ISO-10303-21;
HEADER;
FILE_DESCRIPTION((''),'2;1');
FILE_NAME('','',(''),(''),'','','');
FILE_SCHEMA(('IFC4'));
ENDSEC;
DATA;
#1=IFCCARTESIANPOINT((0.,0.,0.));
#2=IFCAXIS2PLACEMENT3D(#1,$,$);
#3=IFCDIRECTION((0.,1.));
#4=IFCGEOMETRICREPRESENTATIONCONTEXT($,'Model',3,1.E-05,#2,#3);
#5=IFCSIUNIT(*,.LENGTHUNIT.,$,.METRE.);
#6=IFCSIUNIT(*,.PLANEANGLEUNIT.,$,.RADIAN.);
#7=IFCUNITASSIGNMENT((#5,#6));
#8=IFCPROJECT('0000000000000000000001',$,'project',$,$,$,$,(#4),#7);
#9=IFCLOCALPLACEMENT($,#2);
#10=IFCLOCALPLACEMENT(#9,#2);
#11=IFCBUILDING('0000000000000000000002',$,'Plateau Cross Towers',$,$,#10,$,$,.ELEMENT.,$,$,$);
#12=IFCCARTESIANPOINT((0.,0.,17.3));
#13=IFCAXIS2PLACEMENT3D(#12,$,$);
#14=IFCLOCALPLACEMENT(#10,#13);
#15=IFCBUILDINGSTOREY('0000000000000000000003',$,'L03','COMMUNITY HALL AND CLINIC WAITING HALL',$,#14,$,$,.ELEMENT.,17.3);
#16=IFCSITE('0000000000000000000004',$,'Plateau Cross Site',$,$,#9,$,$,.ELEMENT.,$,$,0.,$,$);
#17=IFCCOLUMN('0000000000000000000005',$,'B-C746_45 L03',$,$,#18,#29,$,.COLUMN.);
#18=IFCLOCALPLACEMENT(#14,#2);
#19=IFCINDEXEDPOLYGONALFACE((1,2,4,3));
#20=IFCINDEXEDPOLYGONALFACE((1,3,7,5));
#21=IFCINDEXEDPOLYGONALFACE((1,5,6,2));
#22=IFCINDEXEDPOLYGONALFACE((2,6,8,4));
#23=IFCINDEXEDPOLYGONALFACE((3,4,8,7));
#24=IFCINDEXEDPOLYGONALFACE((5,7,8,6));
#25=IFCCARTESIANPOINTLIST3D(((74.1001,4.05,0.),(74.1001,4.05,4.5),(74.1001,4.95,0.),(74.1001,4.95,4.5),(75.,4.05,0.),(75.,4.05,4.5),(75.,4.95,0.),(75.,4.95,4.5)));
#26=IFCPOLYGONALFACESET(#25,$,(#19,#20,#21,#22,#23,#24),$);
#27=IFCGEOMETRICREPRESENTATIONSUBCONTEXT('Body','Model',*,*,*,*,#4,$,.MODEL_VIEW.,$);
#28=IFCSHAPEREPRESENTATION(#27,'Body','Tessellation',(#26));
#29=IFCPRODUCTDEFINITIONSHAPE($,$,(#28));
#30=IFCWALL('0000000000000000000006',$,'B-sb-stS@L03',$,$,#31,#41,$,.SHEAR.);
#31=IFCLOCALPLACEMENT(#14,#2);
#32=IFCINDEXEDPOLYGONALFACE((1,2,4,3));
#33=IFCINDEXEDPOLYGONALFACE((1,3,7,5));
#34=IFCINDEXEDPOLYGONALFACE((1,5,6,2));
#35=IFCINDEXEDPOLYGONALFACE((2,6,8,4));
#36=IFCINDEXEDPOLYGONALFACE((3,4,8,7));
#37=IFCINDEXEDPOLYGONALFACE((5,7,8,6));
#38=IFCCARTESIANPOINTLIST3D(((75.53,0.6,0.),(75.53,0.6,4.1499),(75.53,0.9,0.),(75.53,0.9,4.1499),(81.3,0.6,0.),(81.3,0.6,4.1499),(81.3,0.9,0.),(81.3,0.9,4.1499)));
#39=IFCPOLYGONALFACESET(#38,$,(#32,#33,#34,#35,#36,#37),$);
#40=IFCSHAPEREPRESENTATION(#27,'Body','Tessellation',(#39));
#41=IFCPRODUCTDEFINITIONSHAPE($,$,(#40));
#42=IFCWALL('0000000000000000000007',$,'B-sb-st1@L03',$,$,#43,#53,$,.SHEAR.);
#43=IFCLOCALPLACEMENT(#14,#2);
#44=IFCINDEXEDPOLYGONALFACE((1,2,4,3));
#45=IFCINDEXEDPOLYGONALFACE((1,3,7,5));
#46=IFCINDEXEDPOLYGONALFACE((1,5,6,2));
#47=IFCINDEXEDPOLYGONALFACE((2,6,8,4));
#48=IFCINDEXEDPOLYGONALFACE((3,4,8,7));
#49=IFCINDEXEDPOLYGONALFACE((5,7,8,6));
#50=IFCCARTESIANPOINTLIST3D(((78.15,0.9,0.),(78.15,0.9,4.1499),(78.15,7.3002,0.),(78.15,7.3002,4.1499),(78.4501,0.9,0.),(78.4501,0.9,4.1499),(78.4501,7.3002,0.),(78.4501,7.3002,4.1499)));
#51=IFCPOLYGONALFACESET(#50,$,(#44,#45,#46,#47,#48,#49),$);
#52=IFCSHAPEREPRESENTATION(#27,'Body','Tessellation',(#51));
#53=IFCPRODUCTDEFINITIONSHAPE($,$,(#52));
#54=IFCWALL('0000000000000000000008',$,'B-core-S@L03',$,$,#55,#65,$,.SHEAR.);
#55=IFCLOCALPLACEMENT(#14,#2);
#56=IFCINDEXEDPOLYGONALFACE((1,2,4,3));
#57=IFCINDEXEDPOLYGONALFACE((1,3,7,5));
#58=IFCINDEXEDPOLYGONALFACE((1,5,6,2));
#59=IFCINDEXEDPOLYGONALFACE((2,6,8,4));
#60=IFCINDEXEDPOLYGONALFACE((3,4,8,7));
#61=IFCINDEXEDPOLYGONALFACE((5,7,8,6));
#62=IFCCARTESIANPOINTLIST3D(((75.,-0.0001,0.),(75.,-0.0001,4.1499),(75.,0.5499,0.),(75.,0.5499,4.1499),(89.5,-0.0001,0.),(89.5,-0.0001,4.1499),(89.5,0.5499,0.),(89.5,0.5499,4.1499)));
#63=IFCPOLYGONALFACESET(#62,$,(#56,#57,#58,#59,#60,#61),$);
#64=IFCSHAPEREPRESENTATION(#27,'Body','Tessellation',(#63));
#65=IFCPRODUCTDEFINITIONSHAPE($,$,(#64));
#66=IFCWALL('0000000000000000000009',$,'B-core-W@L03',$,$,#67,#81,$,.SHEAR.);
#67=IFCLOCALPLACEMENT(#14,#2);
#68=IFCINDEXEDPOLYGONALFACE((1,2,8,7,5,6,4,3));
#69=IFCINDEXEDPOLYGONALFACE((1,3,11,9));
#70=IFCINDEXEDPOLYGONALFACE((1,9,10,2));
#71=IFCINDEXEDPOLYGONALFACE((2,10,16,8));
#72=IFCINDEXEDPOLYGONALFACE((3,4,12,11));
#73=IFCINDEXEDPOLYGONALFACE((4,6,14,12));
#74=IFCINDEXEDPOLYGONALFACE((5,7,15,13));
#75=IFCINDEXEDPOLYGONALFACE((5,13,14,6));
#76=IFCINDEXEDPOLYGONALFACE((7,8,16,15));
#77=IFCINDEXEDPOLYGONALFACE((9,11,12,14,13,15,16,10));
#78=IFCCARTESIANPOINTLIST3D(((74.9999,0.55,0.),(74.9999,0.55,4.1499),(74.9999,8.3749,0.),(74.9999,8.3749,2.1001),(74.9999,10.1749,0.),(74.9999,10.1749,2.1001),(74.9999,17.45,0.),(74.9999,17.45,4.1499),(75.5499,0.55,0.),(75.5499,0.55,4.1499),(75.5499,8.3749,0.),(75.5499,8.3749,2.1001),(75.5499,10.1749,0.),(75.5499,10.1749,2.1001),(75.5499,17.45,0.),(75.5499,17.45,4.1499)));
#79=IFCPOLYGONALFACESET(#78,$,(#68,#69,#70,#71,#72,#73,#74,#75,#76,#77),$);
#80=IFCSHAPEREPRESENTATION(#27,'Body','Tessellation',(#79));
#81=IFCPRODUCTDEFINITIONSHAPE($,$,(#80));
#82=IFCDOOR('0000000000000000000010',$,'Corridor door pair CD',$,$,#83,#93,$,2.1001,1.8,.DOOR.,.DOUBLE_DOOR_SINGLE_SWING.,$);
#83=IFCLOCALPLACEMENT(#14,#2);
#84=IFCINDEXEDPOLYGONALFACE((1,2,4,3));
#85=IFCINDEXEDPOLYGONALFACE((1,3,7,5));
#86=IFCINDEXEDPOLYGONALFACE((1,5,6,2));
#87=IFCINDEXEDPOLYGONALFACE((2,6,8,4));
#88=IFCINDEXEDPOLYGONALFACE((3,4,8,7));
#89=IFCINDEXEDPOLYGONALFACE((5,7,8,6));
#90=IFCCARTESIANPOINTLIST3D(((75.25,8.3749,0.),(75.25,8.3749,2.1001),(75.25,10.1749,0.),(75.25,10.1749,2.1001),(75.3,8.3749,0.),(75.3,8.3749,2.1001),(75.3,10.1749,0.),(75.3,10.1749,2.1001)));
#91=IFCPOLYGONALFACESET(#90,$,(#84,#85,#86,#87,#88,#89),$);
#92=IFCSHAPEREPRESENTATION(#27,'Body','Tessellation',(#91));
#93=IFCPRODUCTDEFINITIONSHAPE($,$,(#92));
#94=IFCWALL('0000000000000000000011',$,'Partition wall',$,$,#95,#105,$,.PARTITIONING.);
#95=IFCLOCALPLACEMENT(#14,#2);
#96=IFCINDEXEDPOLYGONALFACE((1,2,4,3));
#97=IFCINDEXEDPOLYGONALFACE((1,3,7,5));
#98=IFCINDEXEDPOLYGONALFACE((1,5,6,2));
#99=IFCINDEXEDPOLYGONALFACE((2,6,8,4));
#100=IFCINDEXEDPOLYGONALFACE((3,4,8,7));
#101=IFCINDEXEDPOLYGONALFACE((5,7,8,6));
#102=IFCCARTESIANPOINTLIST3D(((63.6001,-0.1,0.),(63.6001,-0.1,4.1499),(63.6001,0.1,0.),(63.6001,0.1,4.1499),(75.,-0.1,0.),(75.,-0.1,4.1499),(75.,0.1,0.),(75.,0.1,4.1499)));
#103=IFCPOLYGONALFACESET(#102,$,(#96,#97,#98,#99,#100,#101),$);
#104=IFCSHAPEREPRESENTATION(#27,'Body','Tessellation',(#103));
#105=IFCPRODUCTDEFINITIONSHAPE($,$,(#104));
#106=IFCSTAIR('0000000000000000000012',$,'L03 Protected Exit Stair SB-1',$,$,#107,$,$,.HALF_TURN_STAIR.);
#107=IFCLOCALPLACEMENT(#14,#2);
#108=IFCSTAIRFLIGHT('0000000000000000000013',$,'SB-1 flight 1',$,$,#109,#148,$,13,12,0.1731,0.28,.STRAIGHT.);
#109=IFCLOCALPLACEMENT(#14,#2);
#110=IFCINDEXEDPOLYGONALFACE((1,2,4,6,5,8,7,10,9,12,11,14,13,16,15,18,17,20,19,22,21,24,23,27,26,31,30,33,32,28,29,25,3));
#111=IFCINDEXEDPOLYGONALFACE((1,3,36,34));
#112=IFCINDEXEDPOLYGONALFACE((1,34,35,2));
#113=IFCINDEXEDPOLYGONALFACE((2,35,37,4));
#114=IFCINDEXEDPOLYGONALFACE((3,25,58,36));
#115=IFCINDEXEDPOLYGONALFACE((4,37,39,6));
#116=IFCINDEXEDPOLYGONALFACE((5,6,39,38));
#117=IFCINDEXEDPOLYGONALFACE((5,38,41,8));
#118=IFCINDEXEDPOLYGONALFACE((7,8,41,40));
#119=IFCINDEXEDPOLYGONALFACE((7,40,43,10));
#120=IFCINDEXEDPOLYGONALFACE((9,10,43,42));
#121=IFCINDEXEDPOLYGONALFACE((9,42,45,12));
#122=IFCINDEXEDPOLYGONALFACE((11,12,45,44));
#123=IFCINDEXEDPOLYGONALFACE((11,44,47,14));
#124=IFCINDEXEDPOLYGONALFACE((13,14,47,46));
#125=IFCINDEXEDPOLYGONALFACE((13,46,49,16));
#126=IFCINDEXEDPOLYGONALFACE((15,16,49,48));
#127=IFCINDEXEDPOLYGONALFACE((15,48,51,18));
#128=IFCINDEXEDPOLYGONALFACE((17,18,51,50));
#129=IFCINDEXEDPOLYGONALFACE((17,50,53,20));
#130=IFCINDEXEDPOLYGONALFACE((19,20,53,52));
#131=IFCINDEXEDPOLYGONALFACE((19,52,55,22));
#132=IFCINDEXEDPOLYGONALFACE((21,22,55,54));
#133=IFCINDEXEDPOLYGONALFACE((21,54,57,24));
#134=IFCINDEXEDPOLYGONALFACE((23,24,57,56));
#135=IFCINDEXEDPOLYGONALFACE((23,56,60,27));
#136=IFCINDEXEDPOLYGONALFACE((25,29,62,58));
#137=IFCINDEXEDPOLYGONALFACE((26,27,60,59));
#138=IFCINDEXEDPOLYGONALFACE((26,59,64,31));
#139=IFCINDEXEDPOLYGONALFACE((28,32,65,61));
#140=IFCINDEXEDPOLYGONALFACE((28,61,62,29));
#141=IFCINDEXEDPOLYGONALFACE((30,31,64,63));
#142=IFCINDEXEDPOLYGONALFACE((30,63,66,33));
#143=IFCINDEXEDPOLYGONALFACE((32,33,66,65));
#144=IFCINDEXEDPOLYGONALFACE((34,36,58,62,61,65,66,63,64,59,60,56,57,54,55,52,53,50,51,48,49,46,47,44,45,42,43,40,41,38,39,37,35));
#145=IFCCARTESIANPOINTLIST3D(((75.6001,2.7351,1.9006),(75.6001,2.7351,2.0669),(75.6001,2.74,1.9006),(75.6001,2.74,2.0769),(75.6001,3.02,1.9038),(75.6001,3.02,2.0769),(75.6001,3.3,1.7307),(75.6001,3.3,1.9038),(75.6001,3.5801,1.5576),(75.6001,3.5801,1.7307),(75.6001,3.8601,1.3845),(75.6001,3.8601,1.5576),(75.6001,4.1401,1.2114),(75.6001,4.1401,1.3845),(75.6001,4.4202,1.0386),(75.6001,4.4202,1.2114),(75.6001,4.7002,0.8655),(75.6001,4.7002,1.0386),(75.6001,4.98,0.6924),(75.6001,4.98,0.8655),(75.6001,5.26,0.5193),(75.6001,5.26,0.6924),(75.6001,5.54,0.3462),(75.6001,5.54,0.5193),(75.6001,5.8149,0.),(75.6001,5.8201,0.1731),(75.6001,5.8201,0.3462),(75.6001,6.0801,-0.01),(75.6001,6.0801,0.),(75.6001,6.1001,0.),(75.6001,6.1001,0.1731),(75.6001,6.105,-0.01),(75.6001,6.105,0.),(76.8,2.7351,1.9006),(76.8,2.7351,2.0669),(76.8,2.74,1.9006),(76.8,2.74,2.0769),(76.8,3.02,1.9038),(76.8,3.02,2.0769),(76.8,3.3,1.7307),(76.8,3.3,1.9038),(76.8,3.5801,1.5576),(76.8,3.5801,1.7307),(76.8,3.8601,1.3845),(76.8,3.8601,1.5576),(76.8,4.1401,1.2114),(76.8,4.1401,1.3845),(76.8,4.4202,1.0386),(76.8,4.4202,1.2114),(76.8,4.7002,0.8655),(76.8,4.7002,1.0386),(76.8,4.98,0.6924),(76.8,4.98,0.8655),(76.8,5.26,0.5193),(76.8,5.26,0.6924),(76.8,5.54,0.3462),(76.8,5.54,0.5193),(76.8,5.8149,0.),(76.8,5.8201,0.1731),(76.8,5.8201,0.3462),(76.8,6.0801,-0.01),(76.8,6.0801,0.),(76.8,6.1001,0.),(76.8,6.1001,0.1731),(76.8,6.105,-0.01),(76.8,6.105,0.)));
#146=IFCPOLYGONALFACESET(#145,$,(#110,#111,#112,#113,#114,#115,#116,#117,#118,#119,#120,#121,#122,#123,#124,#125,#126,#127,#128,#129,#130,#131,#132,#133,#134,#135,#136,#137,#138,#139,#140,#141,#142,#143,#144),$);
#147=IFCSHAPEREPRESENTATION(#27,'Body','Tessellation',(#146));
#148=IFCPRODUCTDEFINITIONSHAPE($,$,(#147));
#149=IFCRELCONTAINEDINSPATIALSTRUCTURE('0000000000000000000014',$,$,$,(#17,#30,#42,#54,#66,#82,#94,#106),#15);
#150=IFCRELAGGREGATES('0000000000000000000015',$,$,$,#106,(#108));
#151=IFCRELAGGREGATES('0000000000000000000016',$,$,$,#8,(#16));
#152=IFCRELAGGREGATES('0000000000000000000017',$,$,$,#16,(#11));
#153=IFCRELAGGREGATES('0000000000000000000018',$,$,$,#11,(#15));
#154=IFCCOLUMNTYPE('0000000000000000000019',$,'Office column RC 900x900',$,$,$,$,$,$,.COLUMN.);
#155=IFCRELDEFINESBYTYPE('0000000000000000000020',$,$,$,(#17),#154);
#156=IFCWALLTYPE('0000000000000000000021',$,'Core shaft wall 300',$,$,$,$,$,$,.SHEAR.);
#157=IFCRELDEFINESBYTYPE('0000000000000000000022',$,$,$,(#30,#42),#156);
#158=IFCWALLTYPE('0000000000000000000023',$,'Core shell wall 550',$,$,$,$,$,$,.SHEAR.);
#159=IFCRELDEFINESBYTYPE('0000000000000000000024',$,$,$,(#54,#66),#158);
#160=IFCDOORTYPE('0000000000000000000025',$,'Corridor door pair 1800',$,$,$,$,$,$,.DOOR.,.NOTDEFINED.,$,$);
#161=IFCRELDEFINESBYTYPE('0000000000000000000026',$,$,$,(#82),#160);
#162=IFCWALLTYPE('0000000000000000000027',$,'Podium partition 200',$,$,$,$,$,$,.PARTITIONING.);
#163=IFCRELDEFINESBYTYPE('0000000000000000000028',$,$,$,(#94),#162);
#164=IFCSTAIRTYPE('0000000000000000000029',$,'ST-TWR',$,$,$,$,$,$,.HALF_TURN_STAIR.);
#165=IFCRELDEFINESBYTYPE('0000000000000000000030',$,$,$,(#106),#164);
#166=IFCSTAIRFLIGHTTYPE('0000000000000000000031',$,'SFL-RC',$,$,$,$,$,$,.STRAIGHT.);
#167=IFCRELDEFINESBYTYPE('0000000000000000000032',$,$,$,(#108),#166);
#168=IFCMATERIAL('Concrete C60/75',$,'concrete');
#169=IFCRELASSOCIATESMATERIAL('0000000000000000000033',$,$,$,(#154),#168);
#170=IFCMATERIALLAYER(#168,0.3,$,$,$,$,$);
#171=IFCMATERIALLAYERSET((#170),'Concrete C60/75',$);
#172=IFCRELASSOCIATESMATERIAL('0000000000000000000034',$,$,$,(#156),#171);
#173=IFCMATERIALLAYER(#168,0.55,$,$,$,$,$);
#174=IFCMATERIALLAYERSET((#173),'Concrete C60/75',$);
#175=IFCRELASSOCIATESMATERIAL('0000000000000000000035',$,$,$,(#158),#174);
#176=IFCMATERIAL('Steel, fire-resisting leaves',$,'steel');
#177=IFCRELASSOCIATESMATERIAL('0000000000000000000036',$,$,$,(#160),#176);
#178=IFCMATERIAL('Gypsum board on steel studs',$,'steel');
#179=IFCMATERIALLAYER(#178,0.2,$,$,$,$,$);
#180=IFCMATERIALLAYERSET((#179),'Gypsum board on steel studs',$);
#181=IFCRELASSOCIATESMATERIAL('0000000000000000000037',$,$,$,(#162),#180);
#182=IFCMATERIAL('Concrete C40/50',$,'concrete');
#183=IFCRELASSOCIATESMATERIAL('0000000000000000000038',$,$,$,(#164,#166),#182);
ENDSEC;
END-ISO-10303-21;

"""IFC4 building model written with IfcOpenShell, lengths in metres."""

from ifc_helpers import new_model, si_unit, direction, frame, frame_2d, origin, origin_2d, place, context, subcontext, project, spatial, polyline, rectangle, outline, extrude, material, layer, layer_set, material_profile, profile_set, type_object, element, fill, aggregate, save


model = new_model("IFC4")

# Units and contexts
model_context = context("Model", 3, precision=1e-05, world=origin(), true_north=direction((0.0, 1.0)))
body_context = subcontext(model_context, "Body", "Model", "MODEL_VIEW")
ifc_project = project(units=[si_unit("LENGTHUNIT", "METRE"), si_unit("PLANEANGLEUNIT", "RADIAN")], contexts=[model_context])

# Site, building, storey
site_placement = place(None, origin())
site = spatial("IfcSite", under=ifc_project, at=site_placement, Name="Plateau Cross Site", CompositionType="ELEMENT", RefElevation=0.0)
building_placement = place(site_placement, origin())
building = spatial("IfcBuilding", under=site, at=building_placement, Name="Plateau Cross Towers", CompositionType="ELEMENT")
storey_placement = place(building_placement, frame((0.0, 0.0, 17.3)))
storey = spatial("IfcBuildingStorey", under=building, at=storey_placement, Name="L03", Description="COMMUNITY HALL AND CLINIC WAITING HALL", CompositionType="ELEMENT", Elevation=17.3)

# Column
ifc_material_1 = material(Name="Concrete C60/75", Category="concrete")
ifc_material_profile = material_profile(ifc_material_1, rectangle(XDim=0.8999, YDim=0.8999, at=origin_2d()), Name="RC 900x900")
ifc_profile_set = profile_set([ifc_material_profile], Name="Concrete C60/75")
column_type = type_object("IfcColumnType", Name="Office column RC 900x900", PredefinedType="COLUMN", material=ifc_profile_set)
column_placement = place(storey_placement, frame((74.55, 4.5, 0.0), z_axis=(0.0, 0.0, 1.0), x_axis=(1.0, 0.0, 0.0)))
element("IfcColumn", 1, at=column_placement, inside=storey, type_object=column_type, Name="B-C746_45 L03", PredefinedType="COLUMN", context=body_context, shape_type="SweptSolid", body=[
    extrude(rectangle(XDim=0.8999, YDim=0.8999, at=origin_2d()), origin(), (0.0, 0.0, 1.0), 4.5),
])

# Walls
ifc_layer_1 = layer(ifc_material_1, 0.3)
ifc_layer_set_1 = layer_set([ifc_layer_1], Name="Concrete C60/75")
wall_type_1 = type_object("IfcWallType", Name="Core shaft wall 300", PredefinedType="SHEAR", material=ifc_layer_set_1)
wall_1_placement = place(storey_placement, frame((75.53, 0.75, 0.0), z_axis=(0.0, 0.0, 1.0), x_axis=(1.0, 0.0, 0.0)))
element("IfcWall", 2, at=wall_1_placement, inside=storey, type_object=wall_type_1, Name="B-sb-stS@L03", PredefinedType="SHEAR", context=body_context, shape_type="SweptSolid", body=[
    extrude(rectangle(XDim=5.77, YDim=0.3, at=frame_2d((2.885, 0.0))), origin(), (0.0, 0.0, 1.0), 4.1499),
])
wall_2_placement = place(storey_placement, frame((78.3, 0.8999, 0.0), z_axis=(0.0, 0.0, 1.0), x_axis=(0.0, 1.0, 0.0)))
element("IfcWall", 3, at=wall_2_placement, inside=storey, type_object=wall_type_1, Name="B-sb-st1@L03", PredefinedType="SHEAR", context=body_context, shape_type="SweptSolid", body=[
    extrude(rectangle(XDim=6.4001, YDim=0.3, at=frame_2d((3.2002, 0.0))), origin(), (0.0, 0.0, 1.0), 4.1499),
])
ifc_layer_2 = layer(ifc_material_1, 0.55)
ifc_layer_set_2 = layer_set([ifc_layer_2], Name="Concrete C60/75")
wall_type_2 = type_object("IfcWallType", Name="Core shell wall 550", PredefinedType="SHEAR", material=ifc_layer_set_2)
wall_3_placement = place(storey_placement, frame((75.0, 0.2749, 0.0), z_axis=(0.0, 0.0, 1.0), x_axis=(1.0, 0.0, 0.0)))
element("IfcWall", 4, at=wall_3_placement, inside=storey, type_object=wall_type_2, Name="B-core-S@L03", PredefinedType="SHEAR", context=body_context, shape_type="SweptSolid", body=[
    extrude(rectangle(XDim=14.5, YDim=0.55, at=frame_2d((7.25, 0.0))), origin(), (0.0, 0.0, 1.0), 4.1499),
])

# Wall, opening, door
wall_4_placement = place(storey_placement, frame((75.2749, 0.55, 0.0), z_axis=(0.0, 0.0, 1.0), x_axis=(0.0, 1.0, 0.0)))
wall_4 = element("IfcWall", 5, at=wall_4_placement, inside=storey, type_object=wall_type_2, Name="B-core-W@L03", PredefinedType="SHEAR", context=body_context, shape_type="SweptSolid", body=[
    extrude(rectangle(XDim=16.8999, YDim=0.55, at=frame_2d((8.45, 0.0))), origin(), (0.0, 0.0, 1.0), 4.1499),
])
opening_placement = place(wall_4_placement, frame((7.825, 0.0, 0.0)))
opening = element("IfcOpeningElement", 6, at=opening_placement, cuts=wall_4, PredefinedType="OPENING", context=body_context, shape_type="SweptSolid", body=[
    extrude(rectangle(XDim=1.8, YDim=2.1001, at=frame_2d((0.8999, 1.05))), frame((0.0, 0.2849, 0.0), z_axis=(0.0, -1.0, 0.0), x_axis=(1.0, 0.0, 0.0)), (0.0, 0.0, 1.0), 0.5701),
])
ifc_material_2 = material(Name="Steel, fire-resisting leaves", Category="steel")
door_type = type_object("IfcDoorType", Name="Corridor door pair 1800", OperationType="NOTDEFINED", PredefinedType="DOOR", material=ifc_material_2)
door_placement = place(opening_placement, origin())
door = element("IfcDoor", 7, at=door_placement, inside=storey, type_object=door_type, Name="Corridor door pair CD", OperationType="DOUBLE_DOOR_SINGLE_SWING", OverallHeight=2.1001, OverallWidth=1.8, PredefinedType="DOOR", context=body_context, shape_type="SweptSolid", body=[
    extrude(rectangle(XDim=1.8, YDim=2.1001, at=frame_2d((0.8999, 1.05))), frame((0.0, 0.0249, 0.0), z_axis=(0.0, -1.0, 0.0), x_axis=(1.0, 0.0, 0.0)), (0.0, 0.0, 1.0), 0.05),
])
fill(opening, door)

# Wall
ifc_material_3 = material(Name="Gypsum board on steel studs", Category="steel")
ifc_layer_3 = layer(ifc_material_3, 0.2)
ifc_layer_set_3 = layer_set([ifc_layer_3], Name="Gypsum board on steel studs")
wall_type_3 = type_object("IfcWallType", Name="Podium partition 200", PredefinedType="PARTITIONING", material=ifc_layer_set_3)
wall_5_placement = place(storey_placement, frame((63.6001, 0.0, 0.0), z_axis=(0.0, 0.0, 1.0), x_axis=(1.0, 0.0, 0.0)))
element("IfcWall", 8, at=wall_5_placement, inside=storey, type_object=wall_type_3, Name="Partition wall", PredefinedType="PARTITIONING", context=body_context, shape_type="SweptSolid", body=[
    extrude(rectangle(XDim=11.3999, YDim=0.2, at=frame_2d((5.7, 0.0))), origin(), (0.0, 0.0, 1.0), 4.1499),
])

# Stair, stair flight
ifc_material_4 = material(Name="Concrete C40/50", Category="concrete")
stair_type = type_object("IfcStairType", Name="ST-TWR", PredefinedType="HALF_TURN_STAIR", material=ifc_material_4)
stair_1_placement = place(storey_placement, origin())
stair_1 = element("IfcStair", 9, at=stair_1_placement, inside=storey, type_object=stair_type, Name="L03 Protected Exit Stair SB-1", PredefinedType="HALF_TURN_STAIR")
stair_flight_type = type_object("IfcStairFlightType", Name="SFL-RC", PredefinedType="STRAIGHT", material=ifc_material_4)
stair_flight_1_placement = place(storey_placement, frame((76.2, 6.1001, 0.0), z_axis=(0.0, 0.0, 1.0), x_axis=(0.0, -1.0, 0.0)))
stair_flight_1 = element("IfcStairFlight", 10, at=stair_flight_1_placement, type_object=stair_flight_type, Name="SB-1 flight 1", NumberOfRisers=13, NumberOfTreads=12, PredefinedType="STRAIGHT", RiserHeight=0.1731, TreadLength=0.28, context=body_context, shape_type="SweptSolid", body=[
    extrude(outline(polyline([(-0.0049, -0.01), (-0.0049, 0.0), (0.0, 0.0), (0.0, 0.1731), (0.28, 0.1731), (0.28, 0.3462), (0.5601, 0.3462), (0.5601, 0.5193), (0.8401, 0.5193), (0.8401, 0.6924), (1.1201, 0.6924), (1.1201, 0.8655), (1.3999, 0.8655), (1.3999, 1.0386), (1.6799, 1.0386), (1.6799, 1.2114), (1.96, 1.2114), (1.96, 1.3845), (2.24, 1.3845), (2.24, 1.5576), (2.52, 1.5576), (2.52, 1.7307), (2.8, 1.7307), (2.8, 1.9038), (3.0801, 1.9038), (3.0801, 2.0769), (3.3601, 2.0769), (3.365, 2.0669), (3.365, 1.9006), (3.3601, 1.9006), (0.2852, 0.0), (0.02, 0.0), (0.02, -0.01), (-0.0049, -0.01)])), frame((0.0, 0.6001, 0.0), z_axis=(0.0, -1.0, 0.0), x_axis=(1.0, 0.0, 0.0)), (0.0, 0.0, 1.0), 1.2),
])
aggregate(stair_1, [stair_flight_1])

save(model, "model.ifc")
